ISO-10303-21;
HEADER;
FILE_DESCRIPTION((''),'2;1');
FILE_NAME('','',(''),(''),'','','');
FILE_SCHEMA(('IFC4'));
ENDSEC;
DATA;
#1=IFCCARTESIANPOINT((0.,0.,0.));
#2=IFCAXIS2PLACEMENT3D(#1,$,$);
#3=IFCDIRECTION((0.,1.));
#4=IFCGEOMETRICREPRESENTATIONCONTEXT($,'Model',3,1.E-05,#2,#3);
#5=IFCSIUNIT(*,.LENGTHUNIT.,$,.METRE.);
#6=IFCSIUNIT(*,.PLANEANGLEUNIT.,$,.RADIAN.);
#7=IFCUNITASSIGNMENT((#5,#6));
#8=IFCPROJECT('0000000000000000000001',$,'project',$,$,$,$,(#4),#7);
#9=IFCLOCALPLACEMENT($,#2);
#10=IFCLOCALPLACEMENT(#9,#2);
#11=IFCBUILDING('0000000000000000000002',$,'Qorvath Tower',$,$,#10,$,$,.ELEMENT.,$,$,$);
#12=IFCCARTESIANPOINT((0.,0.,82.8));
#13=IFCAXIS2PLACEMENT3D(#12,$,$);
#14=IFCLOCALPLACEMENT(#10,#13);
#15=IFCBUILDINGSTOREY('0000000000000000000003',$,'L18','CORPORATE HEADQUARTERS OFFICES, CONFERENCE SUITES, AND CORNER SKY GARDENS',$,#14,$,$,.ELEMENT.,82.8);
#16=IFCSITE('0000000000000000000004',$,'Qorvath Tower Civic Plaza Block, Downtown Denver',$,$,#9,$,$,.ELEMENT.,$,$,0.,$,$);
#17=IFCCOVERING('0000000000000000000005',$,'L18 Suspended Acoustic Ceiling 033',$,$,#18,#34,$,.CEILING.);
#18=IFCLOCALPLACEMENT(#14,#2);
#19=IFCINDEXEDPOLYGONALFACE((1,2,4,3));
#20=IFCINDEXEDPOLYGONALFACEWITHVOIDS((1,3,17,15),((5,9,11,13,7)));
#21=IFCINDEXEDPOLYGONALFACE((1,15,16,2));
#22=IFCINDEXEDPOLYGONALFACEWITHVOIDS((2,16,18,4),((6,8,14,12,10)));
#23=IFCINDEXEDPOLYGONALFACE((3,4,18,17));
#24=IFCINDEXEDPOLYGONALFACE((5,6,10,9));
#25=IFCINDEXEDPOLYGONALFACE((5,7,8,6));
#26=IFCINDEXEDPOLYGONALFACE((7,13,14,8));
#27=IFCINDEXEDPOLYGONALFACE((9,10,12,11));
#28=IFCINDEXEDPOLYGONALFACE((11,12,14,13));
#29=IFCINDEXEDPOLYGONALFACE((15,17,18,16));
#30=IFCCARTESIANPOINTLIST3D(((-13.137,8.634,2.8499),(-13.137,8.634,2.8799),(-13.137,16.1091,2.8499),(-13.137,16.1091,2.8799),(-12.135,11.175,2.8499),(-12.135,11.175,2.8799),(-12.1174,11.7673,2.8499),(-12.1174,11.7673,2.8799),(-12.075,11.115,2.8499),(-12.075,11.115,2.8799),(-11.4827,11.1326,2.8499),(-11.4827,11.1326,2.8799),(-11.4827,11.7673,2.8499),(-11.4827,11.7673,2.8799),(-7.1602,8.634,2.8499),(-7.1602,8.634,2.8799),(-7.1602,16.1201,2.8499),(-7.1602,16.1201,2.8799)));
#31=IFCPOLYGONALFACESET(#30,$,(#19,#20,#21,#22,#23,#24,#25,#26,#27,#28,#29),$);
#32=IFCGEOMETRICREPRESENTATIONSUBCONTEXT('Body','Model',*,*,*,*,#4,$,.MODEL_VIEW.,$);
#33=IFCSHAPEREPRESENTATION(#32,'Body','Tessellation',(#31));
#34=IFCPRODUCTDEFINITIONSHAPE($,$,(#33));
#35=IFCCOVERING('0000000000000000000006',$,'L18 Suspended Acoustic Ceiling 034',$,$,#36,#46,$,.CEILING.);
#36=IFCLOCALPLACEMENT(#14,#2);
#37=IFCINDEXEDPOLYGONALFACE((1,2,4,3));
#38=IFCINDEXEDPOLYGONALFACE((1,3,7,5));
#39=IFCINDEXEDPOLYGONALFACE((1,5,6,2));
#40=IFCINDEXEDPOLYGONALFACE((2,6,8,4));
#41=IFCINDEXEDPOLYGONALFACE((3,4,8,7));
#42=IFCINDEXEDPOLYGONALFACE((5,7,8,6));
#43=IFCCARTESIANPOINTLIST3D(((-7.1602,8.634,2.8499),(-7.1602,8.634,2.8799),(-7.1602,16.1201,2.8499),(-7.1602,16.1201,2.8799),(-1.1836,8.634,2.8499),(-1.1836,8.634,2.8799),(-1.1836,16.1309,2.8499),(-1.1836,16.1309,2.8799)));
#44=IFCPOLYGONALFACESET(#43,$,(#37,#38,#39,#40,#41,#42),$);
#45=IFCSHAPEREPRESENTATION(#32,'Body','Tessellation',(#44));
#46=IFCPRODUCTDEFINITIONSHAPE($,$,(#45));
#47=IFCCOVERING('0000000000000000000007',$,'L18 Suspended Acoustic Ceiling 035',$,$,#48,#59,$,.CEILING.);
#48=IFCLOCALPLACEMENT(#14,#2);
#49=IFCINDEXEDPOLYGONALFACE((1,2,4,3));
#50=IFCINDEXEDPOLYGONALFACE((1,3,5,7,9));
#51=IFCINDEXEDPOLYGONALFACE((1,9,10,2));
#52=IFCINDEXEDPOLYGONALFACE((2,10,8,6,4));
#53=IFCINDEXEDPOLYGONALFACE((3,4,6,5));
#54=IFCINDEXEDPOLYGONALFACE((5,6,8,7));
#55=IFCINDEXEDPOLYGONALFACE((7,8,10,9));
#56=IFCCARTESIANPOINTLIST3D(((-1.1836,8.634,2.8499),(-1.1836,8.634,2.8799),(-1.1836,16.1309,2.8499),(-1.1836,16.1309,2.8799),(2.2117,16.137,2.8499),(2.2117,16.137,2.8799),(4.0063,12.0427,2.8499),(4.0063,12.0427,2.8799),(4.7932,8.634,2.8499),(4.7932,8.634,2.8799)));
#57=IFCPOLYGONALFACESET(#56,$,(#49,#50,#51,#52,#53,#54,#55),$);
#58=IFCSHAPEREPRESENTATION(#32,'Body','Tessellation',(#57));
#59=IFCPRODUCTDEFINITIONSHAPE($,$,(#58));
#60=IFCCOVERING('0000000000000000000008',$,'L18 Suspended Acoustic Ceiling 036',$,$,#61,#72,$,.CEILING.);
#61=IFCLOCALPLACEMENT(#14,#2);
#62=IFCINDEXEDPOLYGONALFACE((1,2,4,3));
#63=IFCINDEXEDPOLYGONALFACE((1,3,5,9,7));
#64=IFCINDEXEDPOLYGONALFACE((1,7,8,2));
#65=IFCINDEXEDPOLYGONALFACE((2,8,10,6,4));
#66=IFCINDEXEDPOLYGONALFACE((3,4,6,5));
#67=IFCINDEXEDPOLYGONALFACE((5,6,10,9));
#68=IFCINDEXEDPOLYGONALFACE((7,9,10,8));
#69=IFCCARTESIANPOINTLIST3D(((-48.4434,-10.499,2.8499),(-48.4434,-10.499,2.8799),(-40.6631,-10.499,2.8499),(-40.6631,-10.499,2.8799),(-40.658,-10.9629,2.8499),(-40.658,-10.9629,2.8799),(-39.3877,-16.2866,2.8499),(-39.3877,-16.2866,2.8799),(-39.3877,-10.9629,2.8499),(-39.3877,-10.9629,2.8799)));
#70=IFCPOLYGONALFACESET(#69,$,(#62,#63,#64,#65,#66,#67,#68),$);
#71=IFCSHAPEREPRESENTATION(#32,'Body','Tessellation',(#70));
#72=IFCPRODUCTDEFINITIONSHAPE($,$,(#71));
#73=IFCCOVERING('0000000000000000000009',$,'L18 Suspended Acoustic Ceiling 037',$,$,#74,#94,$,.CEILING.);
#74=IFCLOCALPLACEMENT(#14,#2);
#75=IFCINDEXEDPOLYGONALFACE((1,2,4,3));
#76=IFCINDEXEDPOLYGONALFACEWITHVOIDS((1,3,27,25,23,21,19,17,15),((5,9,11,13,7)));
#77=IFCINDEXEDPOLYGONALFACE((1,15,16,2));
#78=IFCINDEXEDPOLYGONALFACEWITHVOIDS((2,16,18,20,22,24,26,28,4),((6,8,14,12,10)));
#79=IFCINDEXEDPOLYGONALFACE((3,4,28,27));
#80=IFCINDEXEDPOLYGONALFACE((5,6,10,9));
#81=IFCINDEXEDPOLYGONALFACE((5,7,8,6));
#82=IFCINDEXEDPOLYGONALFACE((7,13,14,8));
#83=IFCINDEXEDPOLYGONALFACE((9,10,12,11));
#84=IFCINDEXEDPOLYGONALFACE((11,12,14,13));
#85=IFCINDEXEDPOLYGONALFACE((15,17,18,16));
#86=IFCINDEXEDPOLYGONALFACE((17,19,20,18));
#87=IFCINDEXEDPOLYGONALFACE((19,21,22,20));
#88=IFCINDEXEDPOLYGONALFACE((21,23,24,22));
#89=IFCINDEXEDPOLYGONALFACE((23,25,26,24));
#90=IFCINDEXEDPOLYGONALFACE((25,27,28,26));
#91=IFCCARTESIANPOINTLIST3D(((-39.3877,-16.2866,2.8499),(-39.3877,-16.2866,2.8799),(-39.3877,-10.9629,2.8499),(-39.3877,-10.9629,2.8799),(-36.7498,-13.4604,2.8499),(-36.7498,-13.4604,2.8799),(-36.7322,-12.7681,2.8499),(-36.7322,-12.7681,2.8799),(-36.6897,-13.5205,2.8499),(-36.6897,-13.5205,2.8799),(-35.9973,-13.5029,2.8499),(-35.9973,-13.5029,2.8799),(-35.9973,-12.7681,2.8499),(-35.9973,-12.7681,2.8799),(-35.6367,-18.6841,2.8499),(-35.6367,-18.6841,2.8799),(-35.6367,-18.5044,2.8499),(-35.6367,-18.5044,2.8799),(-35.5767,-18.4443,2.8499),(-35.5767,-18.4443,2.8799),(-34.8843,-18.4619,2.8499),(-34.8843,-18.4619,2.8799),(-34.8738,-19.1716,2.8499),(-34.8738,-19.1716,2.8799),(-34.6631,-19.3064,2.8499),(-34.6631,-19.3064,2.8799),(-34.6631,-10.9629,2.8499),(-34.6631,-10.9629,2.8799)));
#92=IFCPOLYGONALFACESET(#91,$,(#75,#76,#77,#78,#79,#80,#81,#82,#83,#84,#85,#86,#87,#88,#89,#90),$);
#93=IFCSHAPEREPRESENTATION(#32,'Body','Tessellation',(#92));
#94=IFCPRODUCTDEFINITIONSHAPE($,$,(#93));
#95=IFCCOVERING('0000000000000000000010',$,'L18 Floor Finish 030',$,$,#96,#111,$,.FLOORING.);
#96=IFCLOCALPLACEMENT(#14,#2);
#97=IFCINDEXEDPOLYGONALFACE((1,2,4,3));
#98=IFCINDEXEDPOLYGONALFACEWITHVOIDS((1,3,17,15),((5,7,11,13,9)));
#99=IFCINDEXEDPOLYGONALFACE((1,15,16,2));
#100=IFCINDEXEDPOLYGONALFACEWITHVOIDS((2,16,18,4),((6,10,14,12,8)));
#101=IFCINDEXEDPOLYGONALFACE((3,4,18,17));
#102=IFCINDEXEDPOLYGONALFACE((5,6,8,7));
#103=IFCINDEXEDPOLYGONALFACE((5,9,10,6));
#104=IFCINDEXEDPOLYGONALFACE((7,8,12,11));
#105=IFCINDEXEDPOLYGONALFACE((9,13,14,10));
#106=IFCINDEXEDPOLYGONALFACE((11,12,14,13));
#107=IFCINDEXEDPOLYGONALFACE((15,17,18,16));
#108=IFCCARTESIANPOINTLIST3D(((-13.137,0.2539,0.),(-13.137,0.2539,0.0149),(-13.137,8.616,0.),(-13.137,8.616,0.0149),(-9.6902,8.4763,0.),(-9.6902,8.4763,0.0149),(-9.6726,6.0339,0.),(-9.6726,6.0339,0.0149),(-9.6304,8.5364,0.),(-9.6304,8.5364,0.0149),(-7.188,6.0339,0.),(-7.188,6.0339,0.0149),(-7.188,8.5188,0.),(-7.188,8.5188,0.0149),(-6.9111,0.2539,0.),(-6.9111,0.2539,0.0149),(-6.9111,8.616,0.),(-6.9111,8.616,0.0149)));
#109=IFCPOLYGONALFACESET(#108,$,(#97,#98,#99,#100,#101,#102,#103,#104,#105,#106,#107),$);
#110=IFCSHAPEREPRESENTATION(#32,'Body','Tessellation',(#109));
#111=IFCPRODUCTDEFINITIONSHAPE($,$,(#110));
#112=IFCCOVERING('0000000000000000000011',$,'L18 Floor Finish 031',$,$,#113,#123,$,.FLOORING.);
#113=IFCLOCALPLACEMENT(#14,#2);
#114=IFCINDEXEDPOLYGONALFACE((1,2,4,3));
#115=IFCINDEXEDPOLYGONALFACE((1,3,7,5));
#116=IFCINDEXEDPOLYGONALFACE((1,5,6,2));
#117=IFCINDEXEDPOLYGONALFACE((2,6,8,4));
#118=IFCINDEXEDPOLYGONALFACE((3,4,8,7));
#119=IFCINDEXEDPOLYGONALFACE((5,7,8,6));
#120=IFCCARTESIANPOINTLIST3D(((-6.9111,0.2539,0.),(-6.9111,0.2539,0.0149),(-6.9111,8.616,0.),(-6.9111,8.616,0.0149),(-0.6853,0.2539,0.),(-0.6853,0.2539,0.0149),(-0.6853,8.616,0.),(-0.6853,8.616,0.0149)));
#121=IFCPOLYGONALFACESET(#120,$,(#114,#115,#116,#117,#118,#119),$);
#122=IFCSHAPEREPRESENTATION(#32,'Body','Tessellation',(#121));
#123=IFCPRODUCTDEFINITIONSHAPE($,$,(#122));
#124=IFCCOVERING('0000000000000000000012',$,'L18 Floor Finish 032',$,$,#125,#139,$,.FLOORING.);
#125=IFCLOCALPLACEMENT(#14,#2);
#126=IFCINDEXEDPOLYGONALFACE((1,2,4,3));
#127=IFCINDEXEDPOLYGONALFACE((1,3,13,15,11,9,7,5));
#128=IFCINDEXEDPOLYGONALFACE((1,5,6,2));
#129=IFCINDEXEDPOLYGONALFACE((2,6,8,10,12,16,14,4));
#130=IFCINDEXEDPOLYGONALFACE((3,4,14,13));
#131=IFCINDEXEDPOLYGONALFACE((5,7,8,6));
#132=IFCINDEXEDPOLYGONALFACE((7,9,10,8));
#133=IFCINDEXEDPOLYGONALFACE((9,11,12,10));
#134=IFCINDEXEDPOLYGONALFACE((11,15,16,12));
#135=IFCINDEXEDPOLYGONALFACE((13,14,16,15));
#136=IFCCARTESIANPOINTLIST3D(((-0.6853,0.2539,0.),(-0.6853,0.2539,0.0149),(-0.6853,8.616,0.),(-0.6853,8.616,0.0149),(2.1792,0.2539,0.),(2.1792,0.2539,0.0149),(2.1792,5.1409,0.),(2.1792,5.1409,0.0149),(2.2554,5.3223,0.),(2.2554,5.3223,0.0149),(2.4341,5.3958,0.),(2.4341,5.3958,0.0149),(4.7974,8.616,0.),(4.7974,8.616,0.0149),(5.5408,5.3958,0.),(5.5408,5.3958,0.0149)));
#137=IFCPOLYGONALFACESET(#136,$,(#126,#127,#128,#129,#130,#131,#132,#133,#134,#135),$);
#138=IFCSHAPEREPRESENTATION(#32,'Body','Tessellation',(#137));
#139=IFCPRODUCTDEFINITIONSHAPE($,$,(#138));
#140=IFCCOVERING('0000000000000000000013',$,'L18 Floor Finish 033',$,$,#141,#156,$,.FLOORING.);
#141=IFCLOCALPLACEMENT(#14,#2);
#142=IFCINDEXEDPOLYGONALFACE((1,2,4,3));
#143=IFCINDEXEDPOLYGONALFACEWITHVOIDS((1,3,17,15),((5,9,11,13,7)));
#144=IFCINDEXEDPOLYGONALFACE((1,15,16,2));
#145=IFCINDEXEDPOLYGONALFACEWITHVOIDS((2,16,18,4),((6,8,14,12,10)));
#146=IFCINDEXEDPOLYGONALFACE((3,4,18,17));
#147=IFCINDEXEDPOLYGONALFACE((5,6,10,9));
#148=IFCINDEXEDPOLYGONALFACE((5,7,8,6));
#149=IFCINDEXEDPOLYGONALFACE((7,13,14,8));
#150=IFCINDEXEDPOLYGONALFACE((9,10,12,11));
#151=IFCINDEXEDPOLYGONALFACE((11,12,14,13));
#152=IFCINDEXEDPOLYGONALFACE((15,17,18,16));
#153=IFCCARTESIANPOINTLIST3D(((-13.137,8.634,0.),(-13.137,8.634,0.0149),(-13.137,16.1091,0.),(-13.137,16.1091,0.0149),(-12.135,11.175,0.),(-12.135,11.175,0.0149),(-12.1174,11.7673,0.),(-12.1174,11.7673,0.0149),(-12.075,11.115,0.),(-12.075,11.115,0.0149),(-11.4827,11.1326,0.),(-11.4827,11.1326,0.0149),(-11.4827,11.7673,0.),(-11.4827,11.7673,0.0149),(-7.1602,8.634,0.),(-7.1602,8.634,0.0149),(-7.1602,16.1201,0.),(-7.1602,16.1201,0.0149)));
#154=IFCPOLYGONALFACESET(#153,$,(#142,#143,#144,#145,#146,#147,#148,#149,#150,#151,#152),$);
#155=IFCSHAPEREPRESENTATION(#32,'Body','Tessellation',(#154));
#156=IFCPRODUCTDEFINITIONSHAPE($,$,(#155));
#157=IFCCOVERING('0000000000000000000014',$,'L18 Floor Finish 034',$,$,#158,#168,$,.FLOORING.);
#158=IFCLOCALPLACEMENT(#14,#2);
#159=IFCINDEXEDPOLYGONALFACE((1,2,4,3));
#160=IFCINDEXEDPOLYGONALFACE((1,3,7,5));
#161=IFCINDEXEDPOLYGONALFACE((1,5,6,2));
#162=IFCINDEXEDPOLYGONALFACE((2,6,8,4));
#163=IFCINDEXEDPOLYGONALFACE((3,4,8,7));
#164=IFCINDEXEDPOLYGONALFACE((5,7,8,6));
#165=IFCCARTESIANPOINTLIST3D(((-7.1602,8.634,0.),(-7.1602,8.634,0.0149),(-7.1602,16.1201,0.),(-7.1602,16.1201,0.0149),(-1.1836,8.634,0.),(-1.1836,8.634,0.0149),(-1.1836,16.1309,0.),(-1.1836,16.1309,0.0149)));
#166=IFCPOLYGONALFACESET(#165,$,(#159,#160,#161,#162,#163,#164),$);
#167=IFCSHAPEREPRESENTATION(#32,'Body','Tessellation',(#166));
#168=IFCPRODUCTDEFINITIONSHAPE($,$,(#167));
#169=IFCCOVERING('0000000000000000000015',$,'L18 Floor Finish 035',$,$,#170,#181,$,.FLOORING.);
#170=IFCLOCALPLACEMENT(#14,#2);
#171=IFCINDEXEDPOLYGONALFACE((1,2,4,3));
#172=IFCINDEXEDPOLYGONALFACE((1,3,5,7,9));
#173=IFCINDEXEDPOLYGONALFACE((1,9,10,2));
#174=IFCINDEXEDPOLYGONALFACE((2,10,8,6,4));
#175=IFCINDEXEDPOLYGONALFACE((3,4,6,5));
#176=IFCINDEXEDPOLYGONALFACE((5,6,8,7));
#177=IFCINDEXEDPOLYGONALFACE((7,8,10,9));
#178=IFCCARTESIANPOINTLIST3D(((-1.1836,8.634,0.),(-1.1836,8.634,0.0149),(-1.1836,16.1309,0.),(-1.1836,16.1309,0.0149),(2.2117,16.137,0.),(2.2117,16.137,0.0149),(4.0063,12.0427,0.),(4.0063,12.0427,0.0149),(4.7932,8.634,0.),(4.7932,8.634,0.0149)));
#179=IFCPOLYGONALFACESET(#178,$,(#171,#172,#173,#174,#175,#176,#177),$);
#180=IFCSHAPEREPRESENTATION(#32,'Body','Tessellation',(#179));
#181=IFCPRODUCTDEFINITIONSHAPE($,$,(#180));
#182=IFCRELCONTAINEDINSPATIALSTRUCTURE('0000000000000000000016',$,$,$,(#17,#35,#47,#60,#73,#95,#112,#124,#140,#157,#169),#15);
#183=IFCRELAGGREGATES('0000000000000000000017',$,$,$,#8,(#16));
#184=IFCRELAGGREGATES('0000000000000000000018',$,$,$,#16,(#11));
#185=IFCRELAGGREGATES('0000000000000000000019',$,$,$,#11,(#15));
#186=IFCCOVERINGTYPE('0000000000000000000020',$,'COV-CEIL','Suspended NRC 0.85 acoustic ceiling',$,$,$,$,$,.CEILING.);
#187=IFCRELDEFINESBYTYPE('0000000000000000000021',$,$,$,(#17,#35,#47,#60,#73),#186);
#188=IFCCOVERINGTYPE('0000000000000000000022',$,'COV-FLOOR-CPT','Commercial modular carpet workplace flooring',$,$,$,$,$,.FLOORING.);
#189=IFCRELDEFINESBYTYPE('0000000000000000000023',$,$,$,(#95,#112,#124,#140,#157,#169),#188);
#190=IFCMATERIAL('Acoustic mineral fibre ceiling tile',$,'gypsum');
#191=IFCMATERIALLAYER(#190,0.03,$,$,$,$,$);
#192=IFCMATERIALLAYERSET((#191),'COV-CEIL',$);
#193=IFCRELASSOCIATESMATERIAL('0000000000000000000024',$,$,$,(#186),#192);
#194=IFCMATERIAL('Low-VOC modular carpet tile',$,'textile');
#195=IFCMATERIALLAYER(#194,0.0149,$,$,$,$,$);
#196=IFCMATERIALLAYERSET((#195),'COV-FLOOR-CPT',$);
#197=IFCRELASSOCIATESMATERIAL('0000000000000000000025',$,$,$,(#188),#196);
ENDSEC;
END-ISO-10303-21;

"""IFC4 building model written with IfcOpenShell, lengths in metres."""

from ifc_helpers import new_model, si_unit, direction, frame, origin, place, context, subcontext, project, spatial, polyline, outline, extrude, material, layer, layer_set, type_object, element, save


model = new_model("IFC4")

# Units and contexts
model_context = context("Model", 3, precision=1e-05, world=origin(), true_north=direction((0.0, 1.0)))
body_context = subcontext(model_context, "Body", "Model", "MODEL_VIEW")
ifc_project = project(units=[si_unit("LENGTHUNIT", "METRE"), si_unit("PLANEANGLEUNIT", "RADIAN")], contexts=[model_context])

# Site, building, storey
site_placement = place(None, origin())
site = spatial("IfcSite", under=ifc_project, at=site_placement, Name="Qorvath Tower Civic Plaza Block, Downtown Denver", CompositionType="ELEMENT", RefElevation=0.0)
building_placement = place(site_placement, origin())
building = spatial("IfcBuilding", under=site, at=building_placement, Name="Qorvath Tower", CompositionType="ELEMENT")
storey_placement = place(building_placement, frame((0.0, 0.0, 82.8)))
storey = spatial("IfcBuildingStorey", under=building, at=storey_placement, Name="L18", Description="CORPORATE HEADQUARTERS OFFICES, CONFERENCE SUITES, AND CORNER SKY GARDENS", CompositionType="ELEMENT", Elevation=82.8)

# Coverings
ifc_material_1 = material(Name="Acoustic mineral fibre ceiling tile", Category="gypsum")
ifc_layer_1 = layer(ifc_material_1, 0.03)
ifc_layer_set_1 = layer_set([ifc_layer_1], Name="COV-CEIL")
covering_type_1 = type_object("IfcCoveringType", Name="COV-CEIL", Description="Suspended NRC 0.85 acoustic ceiling", PredefinedType="CEILING", material=ifc_layer_set_1)
covering_1_placement = place(storey_placement, frame((0.0, 0.0, 2.8499)))
element("IfcCovering", 1, at=covering_1_placement, inside=storey, type_object=covering_type_1, Name="L18 Suspended Acoustic Ceiling 033", PredefinedType="CEILING", context=body_context, shape_type="SweptSolid", body=[
    extrude(outline(polyline([(-13.137, 8.634), (-7.1602, 8.634), (-7.1602, 16.1201), (-13.137, 16.1091), (-13.137, 8.634)]), holes=[polyline([(-12.135, 11.175), (-12.1174, 11.7673), (-11.4827, 11.7673), (-11.4827, 11.1326), (-12.075, 11.115), (-12.135, 11.175)])]), origin(), (0.0, 0.0, 1.0), 0.03),
])
covering_2_placement = place(storey_placement, frame((0.0, 0.0, 2.8499)))
element("IfcCovering", 2, at=covering_2_placement, inside=storey, type_object=covering_type_1, Name="L18 Suspended Acoustic Ceiling 034", PredefinedType="CEILING", context=body_context, shape_type="SweptSolid", body=[
    extrude(outline(polyline([(-7.1602, 16.1201), (-7.1602, 8.634), (-1.1836, 8.634), (-1.1836, 16.1309), (-7.1602, 16.1201)])), origin(), (0.0, 0.0, 1.0), 0.03),
])
covering_3_placement = place(storey_placement, frame((0.0, 0.0, 2.8499)))
element("IfcCovering", 3, at=covering_3_placement, inside=storey, type_object=covering_type_1, Name="L18 Suspended Acoustic Ceiling 035", PredefinedType="CEILING", context=body_context, shape_type="SweptSolid", body=[
    extrude(outline(polyline([(-1.1836, 16.1309), (-1.1836, 8.634), (4.7932, 8.634), (4.0063, 12.0427), (2.2117, 16.137), (-1.1836, 16.1309)])), origin(), (0.0, 0.0, 1.0), 0.03),
])
covering_4_placement = place(storey_placement, frame((0.0, 0.0, 2.8499)))
element("IfcCovering", 4, at=covering_4_placement, inside=storey, type_object=covering_type_1, Name="L18 Suspended Acoustic Ceiling 036", PredefinedType="CEILING", context=body_context, shape_type="SweptSolid", body=[
    extrude(outline(polyline([(-40.6631, -10.499), (-48.4434, -10.499), (-39.3877, -16.2866), (-39.3877, -10.9629), (-40.658, -10.9629), (-40.6631, -10.499)])), origin(), (0.0, 0.0, 1.0), 0.03),
])
covering_5_placement = place(storey_placement, frame((0.0, 0.0, 2.8499)))
element("IfcCovering", 5, at=covering_5_placement, inside=storey, type_object=covering_type_1, Name="L18 Suspended Acoustic Ceiling 037", PredefinedType="CEILING", context=body_context, shape_type="SweptSolid", body=[
    extrude(outline(polyline([(-39.3877, -10.9629), (-39.3877, -16.2866), (-35.6367, -18.6841), (-35.6367, -18.5044), (-35.5767, -18.4443), (-34.8843, -18.4619), (-34.8738, -19.1716), (-34.6631, -19.3064), (-34.6631, -10.9629), (-39.3877, -10.9629)]), holes=[polyline([(-36.7498, -13.4604), (-36.7322, -12.7681), (-35.9973, -12.7681), (-35.9973, -13.5029), (-36.6897, -13.5205), (-36.7498, -13.4604)])]), origin(), (0.0, 0.0, 1.0), 0.03),
])
ifc_material_2 = material(Name="Low-VOC modular carpet tile", Category="textile")
ifc_layer_2 = layer(ifc_material_2, 0.0149)
ifc_layer_set_2 = layer_set([ifc_layer_2], Name="COV-FLOOR-CPT")
covering_type_2 = type_object("IfcCoveringType", Name="COV-FLOOR-CPT", Description="Commercial modular carpet workplace flooring", PredefinedType="FLOORING", material=ifc_layer_set_2)
covering_6_placement = place(storey_placement, origin())
element("IfcCovering", 6, at=covering_6_placement, inside=storey, type_object=covering_type_2, Name="L18 Floor Finish 030", PredefinedType="FLOORING", context=body_context, shape_type="SweptSolid", body=[
    extrude(outline(polyline([(-6.9111, 0.2539), (-6.9111, 8.616), (-13.137, 8.616), (-13.137, 0.2539), (-6.9111, 0.2539)]), holes=[polyline([(-9.6902, 8.4763), (-9.6304, 8.5364), (-7.188, 8.5188), (-7.188, 6.0339), (-9.6726, 6.0339), (-9.6902, 8.4763)])]), origin(), (0.0, 0.0, 1.0), 0.0149),
])
covering_7_placement = place(storey_placement, origin())
element("IfcCovering", 7, at=covering_7_placement, inside=storey, type_object=covering_type_2, Name="L18 Floor Finish 031", PredefinedType="FLOORING", context=body_context, shape_type="SweptSolid", body=[
    extrude(outline(polyline([(-0.6853, 0.2539), (-0.6853, 8.616), (-6.9111, 8.616), (-6.9111, 0.2539), (-0.6853, 0.2539)])), origin(), (0.0, 0.0, 1.0), 0.0149),
])
covering_8_placement = place(storey_placement, origin())
element("IfcCovering", 8, at=covering_8_placement, inside=storey, type_object=covering_type_2, Name="L18 Floor Finish 032", PredefinedType="FLOORING", context=body_context, shape_type="SweptSolid", body=[
    extrude(outline(polyline([(2.2554, 5.3223), (2.4341, 5.3958), (5.5408, 5.3958), (4.7974, 8.616), (-0.6853, 8.616), (-0.6853, 0.2539), (2.1792, 0.2539), (2.1792, 5.1409), (2.2554, 5.3223)])), origin(), (0.0, 0.0, 1.0), 0.0149),
])
covering_9_placement = place(storey_placement, origin())
element("IfcCovering", 9, at=covering_9_placement, inside=storey, type_object=covering_type_2, Name="L18 Floor Finish 033", PredefinedType="FLOORING", context=body_context, shape_type="SweptSolid", body=[
    extrude(outline(polyline([(-13.137, 8.634), (-7.1602, 8.634), (-7.1602, 16.1201), (-13.137, 16.1091), (-13.137, 8.634)]), holes=[polyline([(-12.135, 11.175), (-12.1174, 11.7673), (-11.4827, 11.7673), (-11.4827, 11.1326), (-12.075, 11.115), (-12.135, 11.175)])]), origin(), (0.0, 0.0, 1.0), 0.0149),
])
covering_10_placement = place(storey_placement, origin())
element("IfcCovering", 10, at=covering_10_placement, inside=storey, type_object=covering_type_2, Name="L18 Floor Finish 034", PredefinedType="FLOORING", context=body_context, shape_type="SweptSolid", body=[
    extrude(outline(polyline([(-7.1602, 16.1201), (-7.1602, 8.634), (-1.1836, 8.634), (-1.1836, 16.1309), (-7.1602, 16.1201)])), origin(), (0.0, 0.0, 1.0), 0.0149),
])
covering_11_placement = place(storey_placement, origin())
element("IfcCovering", 11, at=covering_11_placement, inside=storey, type_object=covering_type_2, Name="L18 Floor Finish 035", PredefinedType="FLOORING", context=body_context, shape_type="SweptSolid", body=[
    extrude(outline(polyline([(-1.1836, 16.1309), (-1.1836, 8.634), (4.7932, 8.634), (4.0063, 12.0427), (2.2117, 16.137), (-1.1836, 16.1309)])), origin(), (0.0, 0.0, 1.0), 0.0149),
])

save(model, "model.ifc")
